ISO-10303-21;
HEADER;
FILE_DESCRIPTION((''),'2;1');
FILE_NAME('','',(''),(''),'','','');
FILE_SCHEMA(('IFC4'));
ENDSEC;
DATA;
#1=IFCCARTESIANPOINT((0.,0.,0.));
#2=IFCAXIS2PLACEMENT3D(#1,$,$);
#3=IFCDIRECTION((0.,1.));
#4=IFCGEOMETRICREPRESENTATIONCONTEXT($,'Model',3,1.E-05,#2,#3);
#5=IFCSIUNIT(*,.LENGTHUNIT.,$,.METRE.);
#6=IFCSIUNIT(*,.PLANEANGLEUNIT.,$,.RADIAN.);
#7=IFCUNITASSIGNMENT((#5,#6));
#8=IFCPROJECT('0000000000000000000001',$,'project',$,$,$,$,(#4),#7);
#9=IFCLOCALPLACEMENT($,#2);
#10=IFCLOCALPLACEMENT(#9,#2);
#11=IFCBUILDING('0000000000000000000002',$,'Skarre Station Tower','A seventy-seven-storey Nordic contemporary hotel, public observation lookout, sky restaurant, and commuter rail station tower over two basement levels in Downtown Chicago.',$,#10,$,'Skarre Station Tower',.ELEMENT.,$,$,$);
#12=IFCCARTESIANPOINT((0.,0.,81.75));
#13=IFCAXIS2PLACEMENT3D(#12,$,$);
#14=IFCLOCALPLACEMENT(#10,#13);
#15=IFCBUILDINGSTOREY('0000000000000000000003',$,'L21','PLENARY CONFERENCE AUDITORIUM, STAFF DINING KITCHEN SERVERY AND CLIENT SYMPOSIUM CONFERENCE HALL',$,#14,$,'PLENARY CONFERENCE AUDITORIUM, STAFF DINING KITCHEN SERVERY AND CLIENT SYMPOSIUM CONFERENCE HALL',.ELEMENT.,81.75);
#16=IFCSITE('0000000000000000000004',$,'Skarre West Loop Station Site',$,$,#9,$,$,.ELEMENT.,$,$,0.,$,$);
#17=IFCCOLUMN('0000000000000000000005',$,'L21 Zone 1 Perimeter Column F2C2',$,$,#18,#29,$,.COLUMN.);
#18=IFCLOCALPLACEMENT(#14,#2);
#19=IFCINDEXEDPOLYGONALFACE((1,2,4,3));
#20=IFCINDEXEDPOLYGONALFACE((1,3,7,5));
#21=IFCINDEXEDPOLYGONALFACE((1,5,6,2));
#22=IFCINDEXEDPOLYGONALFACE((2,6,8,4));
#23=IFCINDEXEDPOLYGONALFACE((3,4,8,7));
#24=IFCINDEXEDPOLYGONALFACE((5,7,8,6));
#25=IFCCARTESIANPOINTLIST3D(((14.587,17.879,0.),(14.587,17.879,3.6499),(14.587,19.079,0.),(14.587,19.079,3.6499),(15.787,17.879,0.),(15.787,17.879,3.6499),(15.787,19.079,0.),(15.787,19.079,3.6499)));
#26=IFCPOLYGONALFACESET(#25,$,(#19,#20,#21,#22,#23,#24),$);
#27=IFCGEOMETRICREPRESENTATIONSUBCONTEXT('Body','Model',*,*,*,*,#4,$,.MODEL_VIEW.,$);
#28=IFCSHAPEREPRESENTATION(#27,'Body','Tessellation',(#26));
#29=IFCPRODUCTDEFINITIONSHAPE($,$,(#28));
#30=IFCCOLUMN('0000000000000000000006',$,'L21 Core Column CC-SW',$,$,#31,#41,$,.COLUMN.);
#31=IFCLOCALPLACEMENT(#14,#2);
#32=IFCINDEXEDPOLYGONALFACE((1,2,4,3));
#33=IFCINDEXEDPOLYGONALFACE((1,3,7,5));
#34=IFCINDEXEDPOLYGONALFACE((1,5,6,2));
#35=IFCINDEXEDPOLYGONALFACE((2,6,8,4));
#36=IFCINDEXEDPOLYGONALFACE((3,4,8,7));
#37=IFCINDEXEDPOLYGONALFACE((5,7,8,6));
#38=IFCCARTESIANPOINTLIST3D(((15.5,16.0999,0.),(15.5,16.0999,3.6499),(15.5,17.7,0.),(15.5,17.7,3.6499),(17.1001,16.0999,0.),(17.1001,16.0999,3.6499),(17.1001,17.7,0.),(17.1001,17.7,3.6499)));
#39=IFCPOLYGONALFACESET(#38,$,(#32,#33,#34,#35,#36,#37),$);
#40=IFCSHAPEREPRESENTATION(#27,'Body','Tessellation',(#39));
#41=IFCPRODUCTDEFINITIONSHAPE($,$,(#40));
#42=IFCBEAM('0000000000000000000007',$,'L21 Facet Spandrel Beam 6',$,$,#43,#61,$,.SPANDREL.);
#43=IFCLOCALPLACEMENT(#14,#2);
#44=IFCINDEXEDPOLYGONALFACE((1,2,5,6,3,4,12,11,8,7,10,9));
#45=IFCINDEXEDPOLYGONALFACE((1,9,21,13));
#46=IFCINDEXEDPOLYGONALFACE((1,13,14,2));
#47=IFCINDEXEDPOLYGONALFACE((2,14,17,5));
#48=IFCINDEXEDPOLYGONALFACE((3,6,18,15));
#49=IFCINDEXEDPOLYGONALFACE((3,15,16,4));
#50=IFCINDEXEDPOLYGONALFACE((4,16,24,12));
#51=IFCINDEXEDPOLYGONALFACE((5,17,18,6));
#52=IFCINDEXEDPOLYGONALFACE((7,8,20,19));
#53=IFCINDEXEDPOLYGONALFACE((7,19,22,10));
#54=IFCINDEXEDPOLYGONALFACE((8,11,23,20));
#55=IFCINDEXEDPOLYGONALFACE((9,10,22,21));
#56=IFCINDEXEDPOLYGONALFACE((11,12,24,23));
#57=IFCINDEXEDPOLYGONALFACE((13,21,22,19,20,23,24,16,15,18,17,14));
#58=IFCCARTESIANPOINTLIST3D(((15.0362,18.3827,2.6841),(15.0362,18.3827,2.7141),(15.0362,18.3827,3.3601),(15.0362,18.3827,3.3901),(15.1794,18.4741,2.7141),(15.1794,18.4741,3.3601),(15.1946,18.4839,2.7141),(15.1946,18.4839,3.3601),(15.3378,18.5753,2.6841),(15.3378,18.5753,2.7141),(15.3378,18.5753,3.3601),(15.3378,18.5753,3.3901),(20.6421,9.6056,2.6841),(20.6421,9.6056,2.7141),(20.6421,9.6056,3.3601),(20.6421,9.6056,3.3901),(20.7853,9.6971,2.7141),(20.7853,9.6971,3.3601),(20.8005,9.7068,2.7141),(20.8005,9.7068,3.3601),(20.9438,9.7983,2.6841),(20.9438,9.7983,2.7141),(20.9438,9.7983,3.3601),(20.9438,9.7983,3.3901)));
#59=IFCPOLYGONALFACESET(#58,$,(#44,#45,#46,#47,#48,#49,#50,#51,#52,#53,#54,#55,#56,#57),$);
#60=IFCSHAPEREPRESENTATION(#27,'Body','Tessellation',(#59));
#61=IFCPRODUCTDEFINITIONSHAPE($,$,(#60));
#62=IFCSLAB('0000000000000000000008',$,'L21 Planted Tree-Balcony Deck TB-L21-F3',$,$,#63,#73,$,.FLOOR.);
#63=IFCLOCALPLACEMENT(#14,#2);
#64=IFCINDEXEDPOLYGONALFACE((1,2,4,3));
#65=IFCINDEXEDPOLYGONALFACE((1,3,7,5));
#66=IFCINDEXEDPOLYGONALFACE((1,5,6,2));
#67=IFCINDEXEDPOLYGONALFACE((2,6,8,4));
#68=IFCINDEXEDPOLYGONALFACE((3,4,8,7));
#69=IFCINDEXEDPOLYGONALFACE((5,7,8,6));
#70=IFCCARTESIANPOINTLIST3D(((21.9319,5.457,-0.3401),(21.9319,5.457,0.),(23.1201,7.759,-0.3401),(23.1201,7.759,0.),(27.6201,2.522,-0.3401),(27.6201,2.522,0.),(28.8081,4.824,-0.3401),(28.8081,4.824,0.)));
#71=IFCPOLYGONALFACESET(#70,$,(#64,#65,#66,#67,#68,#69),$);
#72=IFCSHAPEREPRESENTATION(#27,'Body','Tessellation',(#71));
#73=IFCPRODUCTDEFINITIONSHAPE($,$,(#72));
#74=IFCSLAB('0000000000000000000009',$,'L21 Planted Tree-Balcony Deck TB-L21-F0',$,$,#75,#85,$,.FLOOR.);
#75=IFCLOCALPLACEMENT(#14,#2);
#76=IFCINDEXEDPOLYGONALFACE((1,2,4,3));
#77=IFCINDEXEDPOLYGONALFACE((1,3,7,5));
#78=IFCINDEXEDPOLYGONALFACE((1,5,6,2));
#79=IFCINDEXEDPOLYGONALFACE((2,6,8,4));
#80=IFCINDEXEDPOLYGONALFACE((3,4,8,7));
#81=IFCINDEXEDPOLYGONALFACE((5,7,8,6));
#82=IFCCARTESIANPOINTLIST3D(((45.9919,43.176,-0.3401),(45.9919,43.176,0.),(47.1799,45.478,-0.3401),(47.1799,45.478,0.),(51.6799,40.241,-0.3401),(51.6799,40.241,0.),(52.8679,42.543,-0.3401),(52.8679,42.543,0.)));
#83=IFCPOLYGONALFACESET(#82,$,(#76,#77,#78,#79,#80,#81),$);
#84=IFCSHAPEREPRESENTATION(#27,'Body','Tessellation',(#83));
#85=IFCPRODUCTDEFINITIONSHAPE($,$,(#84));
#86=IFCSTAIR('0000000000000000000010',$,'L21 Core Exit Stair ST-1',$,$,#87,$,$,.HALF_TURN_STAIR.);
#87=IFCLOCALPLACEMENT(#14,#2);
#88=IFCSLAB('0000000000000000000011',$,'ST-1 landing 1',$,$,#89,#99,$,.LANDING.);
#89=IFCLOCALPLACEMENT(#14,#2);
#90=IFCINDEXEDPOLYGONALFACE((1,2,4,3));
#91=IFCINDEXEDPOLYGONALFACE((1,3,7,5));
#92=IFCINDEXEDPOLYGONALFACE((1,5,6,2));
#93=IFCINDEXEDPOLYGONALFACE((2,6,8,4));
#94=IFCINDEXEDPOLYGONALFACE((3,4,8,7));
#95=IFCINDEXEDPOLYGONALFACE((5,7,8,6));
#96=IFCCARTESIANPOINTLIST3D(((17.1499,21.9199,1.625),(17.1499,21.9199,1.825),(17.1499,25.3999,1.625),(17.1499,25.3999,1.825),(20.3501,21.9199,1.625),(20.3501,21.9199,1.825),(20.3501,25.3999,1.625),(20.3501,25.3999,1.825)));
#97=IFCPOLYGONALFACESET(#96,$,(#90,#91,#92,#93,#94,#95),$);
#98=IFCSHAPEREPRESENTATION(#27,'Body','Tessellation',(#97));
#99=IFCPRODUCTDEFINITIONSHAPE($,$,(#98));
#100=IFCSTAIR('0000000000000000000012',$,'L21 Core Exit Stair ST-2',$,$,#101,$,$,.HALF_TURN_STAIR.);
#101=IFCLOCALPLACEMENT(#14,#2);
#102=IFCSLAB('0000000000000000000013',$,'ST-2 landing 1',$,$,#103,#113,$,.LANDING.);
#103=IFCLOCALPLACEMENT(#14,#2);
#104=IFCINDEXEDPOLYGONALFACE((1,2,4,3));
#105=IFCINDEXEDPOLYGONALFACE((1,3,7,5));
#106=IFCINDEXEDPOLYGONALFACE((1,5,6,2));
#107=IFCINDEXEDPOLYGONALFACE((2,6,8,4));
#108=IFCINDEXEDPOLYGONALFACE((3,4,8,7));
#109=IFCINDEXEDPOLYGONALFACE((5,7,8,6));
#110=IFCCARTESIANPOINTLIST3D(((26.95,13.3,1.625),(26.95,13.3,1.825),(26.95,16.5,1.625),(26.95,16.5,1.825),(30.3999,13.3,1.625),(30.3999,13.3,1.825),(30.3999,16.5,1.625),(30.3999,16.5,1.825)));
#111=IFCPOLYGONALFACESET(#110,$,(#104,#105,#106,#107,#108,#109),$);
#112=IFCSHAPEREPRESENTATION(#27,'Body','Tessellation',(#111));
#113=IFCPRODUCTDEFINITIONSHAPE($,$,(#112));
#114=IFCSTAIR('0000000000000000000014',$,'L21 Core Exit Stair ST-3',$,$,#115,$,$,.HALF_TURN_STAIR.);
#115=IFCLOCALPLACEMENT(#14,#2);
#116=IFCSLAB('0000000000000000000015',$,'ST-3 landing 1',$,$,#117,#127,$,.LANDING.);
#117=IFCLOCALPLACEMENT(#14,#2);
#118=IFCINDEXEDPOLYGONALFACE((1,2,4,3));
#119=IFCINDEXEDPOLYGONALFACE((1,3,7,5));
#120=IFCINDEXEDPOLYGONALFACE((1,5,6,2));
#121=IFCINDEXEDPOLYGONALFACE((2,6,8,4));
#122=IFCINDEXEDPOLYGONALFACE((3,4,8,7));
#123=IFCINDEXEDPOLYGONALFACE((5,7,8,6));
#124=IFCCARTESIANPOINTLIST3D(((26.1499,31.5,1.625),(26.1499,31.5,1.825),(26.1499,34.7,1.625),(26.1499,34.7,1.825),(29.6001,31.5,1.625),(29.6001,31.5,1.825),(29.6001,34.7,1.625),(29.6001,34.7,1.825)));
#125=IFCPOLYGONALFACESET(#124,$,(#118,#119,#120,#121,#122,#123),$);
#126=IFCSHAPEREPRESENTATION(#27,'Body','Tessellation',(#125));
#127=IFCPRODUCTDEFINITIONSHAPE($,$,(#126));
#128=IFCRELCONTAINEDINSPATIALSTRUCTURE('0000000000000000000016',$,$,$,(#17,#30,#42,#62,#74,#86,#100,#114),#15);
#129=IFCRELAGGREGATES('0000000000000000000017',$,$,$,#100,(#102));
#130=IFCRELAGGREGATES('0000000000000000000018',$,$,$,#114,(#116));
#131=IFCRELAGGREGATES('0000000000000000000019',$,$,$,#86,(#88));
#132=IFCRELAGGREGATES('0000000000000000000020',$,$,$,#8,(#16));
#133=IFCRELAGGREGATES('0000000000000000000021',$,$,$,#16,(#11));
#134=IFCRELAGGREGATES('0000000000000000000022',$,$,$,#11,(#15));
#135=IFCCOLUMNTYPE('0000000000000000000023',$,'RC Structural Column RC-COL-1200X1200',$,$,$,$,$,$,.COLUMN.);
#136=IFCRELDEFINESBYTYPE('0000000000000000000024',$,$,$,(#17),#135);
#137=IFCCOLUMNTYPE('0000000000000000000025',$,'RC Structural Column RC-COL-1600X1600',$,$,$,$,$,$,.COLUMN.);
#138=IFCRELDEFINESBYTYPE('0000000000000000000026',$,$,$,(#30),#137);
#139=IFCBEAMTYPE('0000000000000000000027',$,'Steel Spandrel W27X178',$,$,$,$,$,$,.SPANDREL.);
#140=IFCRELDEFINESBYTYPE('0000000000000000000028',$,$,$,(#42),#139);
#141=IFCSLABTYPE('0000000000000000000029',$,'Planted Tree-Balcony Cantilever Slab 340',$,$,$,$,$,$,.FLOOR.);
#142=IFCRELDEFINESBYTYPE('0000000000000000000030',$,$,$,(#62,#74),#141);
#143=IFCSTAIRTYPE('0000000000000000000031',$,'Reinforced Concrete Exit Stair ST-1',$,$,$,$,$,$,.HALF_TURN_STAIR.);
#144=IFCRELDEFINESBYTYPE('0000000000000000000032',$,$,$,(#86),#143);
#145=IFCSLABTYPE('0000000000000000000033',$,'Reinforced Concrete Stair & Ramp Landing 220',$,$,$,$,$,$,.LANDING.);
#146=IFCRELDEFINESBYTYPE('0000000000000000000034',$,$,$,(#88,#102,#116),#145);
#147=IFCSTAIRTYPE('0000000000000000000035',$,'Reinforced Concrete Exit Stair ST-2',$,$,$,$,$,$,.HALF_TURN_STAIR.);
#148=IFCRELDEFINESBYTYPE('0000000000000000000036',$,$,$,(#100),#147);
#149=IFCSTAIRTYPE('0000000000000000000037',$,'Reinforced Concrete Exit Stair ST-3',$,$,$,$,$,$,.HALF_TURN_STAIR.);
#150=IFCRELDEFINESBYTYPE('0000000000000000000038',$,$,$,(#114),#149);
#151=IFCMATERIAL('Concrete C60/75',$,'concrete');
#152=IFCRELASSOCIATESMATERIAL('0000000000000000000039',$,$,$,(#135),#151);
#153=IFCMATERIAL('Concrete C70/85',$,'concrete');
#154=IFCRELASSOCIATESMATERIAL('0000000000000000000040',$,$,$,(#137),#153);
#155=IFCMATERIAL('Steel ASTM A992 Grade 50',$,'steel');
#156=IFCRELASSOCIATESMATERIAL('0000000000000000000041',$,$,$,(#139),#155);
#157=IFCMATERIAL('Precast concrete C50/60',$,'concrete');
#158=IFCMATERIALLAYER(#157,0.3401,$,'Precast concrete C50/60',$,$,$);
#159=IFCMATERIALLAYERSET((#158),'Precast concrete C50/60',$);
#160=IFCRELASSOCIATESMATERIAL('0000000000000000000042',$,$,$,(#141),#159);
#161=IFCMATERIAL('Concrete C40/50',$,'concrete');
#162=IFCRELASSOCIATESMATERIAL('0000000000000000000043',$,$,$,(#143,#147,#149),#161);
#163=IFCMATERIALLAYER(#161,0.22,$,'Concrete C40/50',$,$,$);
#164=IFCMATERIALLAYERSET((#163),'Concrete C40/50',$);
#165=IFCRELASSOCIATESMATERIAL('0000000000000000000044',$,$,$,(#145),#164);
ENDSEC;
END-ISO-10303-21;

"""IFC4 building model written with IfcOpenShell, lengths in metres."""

from ifc_helpers import new_model, si_unit, direction, frame, origin, origin_2d, place, context, subcontext, project, spatial, polyline, rectangle, i_section, outline, extrude, material, layer, layer_set, material_profile, profile_set, type_object, element, aggregate, save


model = new_model("IFC4")

# Units and contexts
model_context = context("Model", 3, precision=1e-05, world=origin(), true_north=direction((0.0, 1.0)))
body_context = subcontext(model_context, "Body", "Model", "MODEL_VIEW")
ifc_project = project(units=[si_unit("LENGTHUNIT", "METRE"), si_unit("PLANEANGLEUNIT", "RADIAN")], contexts=[model_context])

# Site, building, storey
site_placement = place(None, origin())
site = spatial("IfcSite", under=ifc_project, at=site_placement, Name="Skarre West Loop Station Site", CompositionType="ELEMENT", RefElevation=0.0)
building_placement = place(site_placement, origin())
building = spatial("IfcBuilding", under=site, at=building_placement, Name="Skarre Station Tower", Description="A seventy-seven-storey Nordic contemporary hotel, public observation lookout, sky restaurant, and commuter rail station tower over two basement levels in Downtown Chicago.", LongName="Skarre Station Tower", CompositionType="ELEMENT")
storey_placement = place(building_placement, frame((0.0, 0.0, 81.75)))
storey = spatial("IfcBuildingStorey", under=building, at=storey_placement, Name="L21", Description="PLENARY CONFERENCE AUDITORIUM, STAFF DINING KITCHEN SERVERY AND CLIENT SYMPOSIUM CONFERENCE HALL", LongName="PLENARY CONFERENCE AUDITORIUM, STAFF DINING KITCHEN SERVERY AND CLIENT SYMPOSIUM CONFERENCE HALL", CompositionType="ELEMENT", Elevation=81.75)

# Columns
ifc_material_1 = material(Name="Concrete C60/75", Category="concrete")
ifc_material_profile_1 = material_profile(ifc_material_1, rectangle(XDim=1.2, YDim=1.2, at=origin_2d()), Name="Concrete C60/75")
ifc_profile_set_1 = profile_set([ifc_material_profile_1], Name="Concrete C60/75")
column_type_1 = type_object("IfcColumnType", Name="RC Structural Column RC-COL-1200X1200", PredefinedType="COLUMN", material=ifc_profile_set_1)
column_1_placement = place(storey_placement, frame((15.187, 18.479, 0.0), z_axis=(0.0, 0.0, 1.0), x_axis=(1.0, 0.0, 0.0)))
element("IfcColumn", 1, at=column_1_placement, inside=storey, type_object=column_type_1, Name="L21 Zone 1 Perimeter Column F2C2", PredefinedType="COLUMN", context=body_context, shape_type="SweptSolid", body=[
    extrude(rectangle(XDim=1.2, YDim=1.2, at=origin_2d()), origin(), (0.0, 0.0, 1.0), 3.6499),
])
ifc_material_2 = material(Name="Concrete C70/85", Category="concrete")
ifc_material_profile_2 = material_profile(ifc_material_2, rectangle(XDim=1.6001, YDim=1.6001, at=origin_2d()), Name="Concrete C70/85")
ifc_profile_set_2 = profile_set([ifc_material_profile_2], Name="Concrete C70/85")
column_type_2 = type_object("IfcColumnType", Name="RC Structural Column RC-COL-1600X1600", PredefinedType="COLUMN", material=ifc_profile_set_2)
column_2_placement = place(storey_placement, frame((16.3, 16.8999, 0.0), z_axis=(0.0, 0.0, 1.0), x_axis=(1.0, 0.0, 0.0)))
element("IfcColumn", 2, at=column_2_placement, inside=storey, type_object=column_type_2, Name="L21 Core Column CC-SW", PredefinedType="COLUMN", context=body_context, shape_type="SweptSolid", body=[
    extrude(rectangle(XDim=1.6001, YDim=1.6001, at=origin_2d()), origin(), (0.0, 0.0, 1.0), 3.6499),
])

# Beam
ifc_material_3 = material(Name="Steel ASTM A992 Grade 50", Category="steel")
ifc_material_profile_3 = material_profile(ifc_material_3, i_section(OverallWidth=0.3579, OverallDepth=0.7061, WebThickness=0.0181, FlangeThickness=0.03, at=origin_2d()), Name="Steel ASTM A992 Grade 50")
ifc_profile_set_3 = profile_set([ifc_material_profile_3], Name="Steel ASTM A992 Grade 50")
beam_type = type_object("IfcBeamType", Name="Steel Spandrel W27X178", PredefinedType="SPANDREL", material=ifc_profile_set_3)
beam_placement = place(storey_placement, frame((15.187, 18.479, 3.0371), z_axis=(0.538278, -0.842767, 0.0), x_axis=(0.842767, 0.538278, 0.0)))
element("IfcBeam", 3, at=beam_placement, inside=storey, type_object=beam_type, Name="L21 Facet Spandrel Beam 6", PredefinedType="SPANDREL", context=body_context, shape_type="SweptSolid", body=[
    extrude(i_section(OverallWidth=0.3579, OverallDepth=0.7061, WebThickness=0.0181, FlangeThickness=0.03, at=origin_2d()), origin(), (0.0, 0.0, 1.0), 10.4146),
])

# Slabs
ifc_material_4 = material(Name="Precast concrete C50/60", Category="concrete")
ifc_layer_1 = layer(ifc_material_4, 0.3401, Name="Precast concrete C50/60")
ifc_layer_set_1 = layer_set([ifc_layer_1], Name="Precast concrete C50/60")
slab_type_1 = type_object("IfcSlabType", Name="Planted Tree-Balcony Cantilever Slab 340", PredefinedType="FLOOR", material=ifc_layer_set_1)
slab_1_placement = place(storey_placement, frame((0.0, 0.0, -0.3401)))
element("IfcSlab", 4, at=slab_1_placement, inside=storey, type_object=slab_type_1, Name="L21 Planted Tree-Balcony Deck TB-L21-F3", PredefinedType="FLOOR", context=body_context, shape_type="SweptSolid", body=[
    extrude(outline(polyline([(23.1201, 7.759), (28.8081, 4.824), (27.6201, 2.522), (21.9319, 5.457), (23.1201, 7.759)])), origin(), (0.0, 0.0, 1.0), 0.3401),
])
slab_2_placement = place(storey_placement, frame((0.0, 0.0, -0.3401)))
element("IfcSlab", 5, at=slab_2_placement, inside=storey, type_object=slab_type_1, Name="L21 Planted Tree-Balcony Deck TB-L21-F0", PredefinedType="FLOOR", context=body_context, shape_type="SweptSolid", body=[
    extrude(outline(polyline([(51.6799, 40.241), (45.9919, 43.176), (47.1799, 45.478), (52.8679, 42.543), (51.6799, 40.241)])), origin(), (0.0, 0.0, 1.0), 0.3401),
])

# Stairs, slabs
ifc_material_5 = material(Name="Concrete C40/50", Category="concrete")
stair_type_1 = type_object("IfcStairType", Name="Reinforced Concrete Exit Stair ST-1", PredefinedType="HALF_TURN_STAIR", material=ifc_material_5)
stair_1_placement = place(storey_placement, origin())
stair_1 = element("IfcStair", 6, at=stair_1_placement, inside=storey, type_object=stair_type_1, Name="L21 Core Exit Stair ST-1", PredefinedType="HALF_TURN_STAIR")
ifc_layer_2 = layer(ifc_material_5, 0.22, Name="Concrete C40/50")
ifc_layer_set_2 = layer_set([ifc_layer_2], Name="Concrete C40/50")
slab_type_2 = type_object("IfcSlabType", Name="Reinforced Concrete Stair & Ramp Landing 220", PredefinedType="LANDING", material=ifc_layer_set_2)
slab_3_placement = place(storey_placement, frame((0.0, 0.0, 1.625)))
slab_3 = element("IfcSlab", 7, at=slab_3_placement, type_object=slab_type_2, Name="ST-1 landing 1", PredefinedType="LANDING", context=body_context, shape_type="SweptSolid", body=[
    extrude(outline(polyline([(20.3501, 21.9199), (20.3501, 25.3999), (17.1499, 25.3999), (17.1499, 21.9199), (20.3501, 21.9199)])), origin(), (0.0, 0.0, 1.0), 0.2),
])
stair_type_2 = type_object("IfcStairType", Name="Reinforced Concrete Exit Stair ST-2", PredefinedType="HALF_TURN_STAIR", material=ifc_material_5)
stair_2_placement = place(storey_placement, origin())
stair_2 = element("IfcStair", 8, at=stair_2_placement, inside=storey, type_object=stair_type_2, Name="L21 Core Exit Stair ST-2", PredefinedType="HALF_TURN_STAIR")
slab_4_placement = place(storey_placement, frame((0.0, 0.0, 1.625)))
slab_4 = element("IfcSlab", 9, at=slab_4_placement, type_object=slab_type_2, Name="ST-2 landing 1", PredefinedType="LANDING", context=body_context, shape_type="SweptSolid", body=[
    extrude(outline(polyline([(26.95, 13.3), (30.3999, 13.3), (30.3999, 16.5), (26.95, 16.5), (26.95, 13.3)])), origin(), (0.0, 0.0, 1.0), 0.2),
])
aggregate(stair_2, [slab_4])
stair_type_3 = type_object("IfcStairType", Name="Reinforced Concrete Exit Stair ST-3", PredefinedType="HALF_TURN_STAIR", material=ifc_material_5)
stair_3_placement = place(storey_placement, origin())
stair_3 = element("IfcStair", 10, at=stair_3_placement, inside=storey, type_object=stair_type_3, Name="L21 Core Exit Stair ST-3", PredefinedType="HALF_TURN_STAIR")
slab_5_placement = place(storey_placement, frame((0.0, 0.0, 1.625)))
slab_5 = element("IfcSlab", 11, at=slab_5_placement, type_object=slab_type_2, Name="ST-3 landing 1", PredefinedType="LANDING", context=body_context, shape_type="SweptSolid", body=[
    extrude(outline(polyline([(26.1499, 31.5), (29.6001, 31.5), (29.6001, 34.7), (26.1499, 34.7), (26.1499, 31.5)])), origin(), (0.0, 0.0, 1.0), 0.2),
])
aggregate(stair_3, [slab_5])

aggregate(stair_1, [slab_3])

save(model, "model.ifc")
